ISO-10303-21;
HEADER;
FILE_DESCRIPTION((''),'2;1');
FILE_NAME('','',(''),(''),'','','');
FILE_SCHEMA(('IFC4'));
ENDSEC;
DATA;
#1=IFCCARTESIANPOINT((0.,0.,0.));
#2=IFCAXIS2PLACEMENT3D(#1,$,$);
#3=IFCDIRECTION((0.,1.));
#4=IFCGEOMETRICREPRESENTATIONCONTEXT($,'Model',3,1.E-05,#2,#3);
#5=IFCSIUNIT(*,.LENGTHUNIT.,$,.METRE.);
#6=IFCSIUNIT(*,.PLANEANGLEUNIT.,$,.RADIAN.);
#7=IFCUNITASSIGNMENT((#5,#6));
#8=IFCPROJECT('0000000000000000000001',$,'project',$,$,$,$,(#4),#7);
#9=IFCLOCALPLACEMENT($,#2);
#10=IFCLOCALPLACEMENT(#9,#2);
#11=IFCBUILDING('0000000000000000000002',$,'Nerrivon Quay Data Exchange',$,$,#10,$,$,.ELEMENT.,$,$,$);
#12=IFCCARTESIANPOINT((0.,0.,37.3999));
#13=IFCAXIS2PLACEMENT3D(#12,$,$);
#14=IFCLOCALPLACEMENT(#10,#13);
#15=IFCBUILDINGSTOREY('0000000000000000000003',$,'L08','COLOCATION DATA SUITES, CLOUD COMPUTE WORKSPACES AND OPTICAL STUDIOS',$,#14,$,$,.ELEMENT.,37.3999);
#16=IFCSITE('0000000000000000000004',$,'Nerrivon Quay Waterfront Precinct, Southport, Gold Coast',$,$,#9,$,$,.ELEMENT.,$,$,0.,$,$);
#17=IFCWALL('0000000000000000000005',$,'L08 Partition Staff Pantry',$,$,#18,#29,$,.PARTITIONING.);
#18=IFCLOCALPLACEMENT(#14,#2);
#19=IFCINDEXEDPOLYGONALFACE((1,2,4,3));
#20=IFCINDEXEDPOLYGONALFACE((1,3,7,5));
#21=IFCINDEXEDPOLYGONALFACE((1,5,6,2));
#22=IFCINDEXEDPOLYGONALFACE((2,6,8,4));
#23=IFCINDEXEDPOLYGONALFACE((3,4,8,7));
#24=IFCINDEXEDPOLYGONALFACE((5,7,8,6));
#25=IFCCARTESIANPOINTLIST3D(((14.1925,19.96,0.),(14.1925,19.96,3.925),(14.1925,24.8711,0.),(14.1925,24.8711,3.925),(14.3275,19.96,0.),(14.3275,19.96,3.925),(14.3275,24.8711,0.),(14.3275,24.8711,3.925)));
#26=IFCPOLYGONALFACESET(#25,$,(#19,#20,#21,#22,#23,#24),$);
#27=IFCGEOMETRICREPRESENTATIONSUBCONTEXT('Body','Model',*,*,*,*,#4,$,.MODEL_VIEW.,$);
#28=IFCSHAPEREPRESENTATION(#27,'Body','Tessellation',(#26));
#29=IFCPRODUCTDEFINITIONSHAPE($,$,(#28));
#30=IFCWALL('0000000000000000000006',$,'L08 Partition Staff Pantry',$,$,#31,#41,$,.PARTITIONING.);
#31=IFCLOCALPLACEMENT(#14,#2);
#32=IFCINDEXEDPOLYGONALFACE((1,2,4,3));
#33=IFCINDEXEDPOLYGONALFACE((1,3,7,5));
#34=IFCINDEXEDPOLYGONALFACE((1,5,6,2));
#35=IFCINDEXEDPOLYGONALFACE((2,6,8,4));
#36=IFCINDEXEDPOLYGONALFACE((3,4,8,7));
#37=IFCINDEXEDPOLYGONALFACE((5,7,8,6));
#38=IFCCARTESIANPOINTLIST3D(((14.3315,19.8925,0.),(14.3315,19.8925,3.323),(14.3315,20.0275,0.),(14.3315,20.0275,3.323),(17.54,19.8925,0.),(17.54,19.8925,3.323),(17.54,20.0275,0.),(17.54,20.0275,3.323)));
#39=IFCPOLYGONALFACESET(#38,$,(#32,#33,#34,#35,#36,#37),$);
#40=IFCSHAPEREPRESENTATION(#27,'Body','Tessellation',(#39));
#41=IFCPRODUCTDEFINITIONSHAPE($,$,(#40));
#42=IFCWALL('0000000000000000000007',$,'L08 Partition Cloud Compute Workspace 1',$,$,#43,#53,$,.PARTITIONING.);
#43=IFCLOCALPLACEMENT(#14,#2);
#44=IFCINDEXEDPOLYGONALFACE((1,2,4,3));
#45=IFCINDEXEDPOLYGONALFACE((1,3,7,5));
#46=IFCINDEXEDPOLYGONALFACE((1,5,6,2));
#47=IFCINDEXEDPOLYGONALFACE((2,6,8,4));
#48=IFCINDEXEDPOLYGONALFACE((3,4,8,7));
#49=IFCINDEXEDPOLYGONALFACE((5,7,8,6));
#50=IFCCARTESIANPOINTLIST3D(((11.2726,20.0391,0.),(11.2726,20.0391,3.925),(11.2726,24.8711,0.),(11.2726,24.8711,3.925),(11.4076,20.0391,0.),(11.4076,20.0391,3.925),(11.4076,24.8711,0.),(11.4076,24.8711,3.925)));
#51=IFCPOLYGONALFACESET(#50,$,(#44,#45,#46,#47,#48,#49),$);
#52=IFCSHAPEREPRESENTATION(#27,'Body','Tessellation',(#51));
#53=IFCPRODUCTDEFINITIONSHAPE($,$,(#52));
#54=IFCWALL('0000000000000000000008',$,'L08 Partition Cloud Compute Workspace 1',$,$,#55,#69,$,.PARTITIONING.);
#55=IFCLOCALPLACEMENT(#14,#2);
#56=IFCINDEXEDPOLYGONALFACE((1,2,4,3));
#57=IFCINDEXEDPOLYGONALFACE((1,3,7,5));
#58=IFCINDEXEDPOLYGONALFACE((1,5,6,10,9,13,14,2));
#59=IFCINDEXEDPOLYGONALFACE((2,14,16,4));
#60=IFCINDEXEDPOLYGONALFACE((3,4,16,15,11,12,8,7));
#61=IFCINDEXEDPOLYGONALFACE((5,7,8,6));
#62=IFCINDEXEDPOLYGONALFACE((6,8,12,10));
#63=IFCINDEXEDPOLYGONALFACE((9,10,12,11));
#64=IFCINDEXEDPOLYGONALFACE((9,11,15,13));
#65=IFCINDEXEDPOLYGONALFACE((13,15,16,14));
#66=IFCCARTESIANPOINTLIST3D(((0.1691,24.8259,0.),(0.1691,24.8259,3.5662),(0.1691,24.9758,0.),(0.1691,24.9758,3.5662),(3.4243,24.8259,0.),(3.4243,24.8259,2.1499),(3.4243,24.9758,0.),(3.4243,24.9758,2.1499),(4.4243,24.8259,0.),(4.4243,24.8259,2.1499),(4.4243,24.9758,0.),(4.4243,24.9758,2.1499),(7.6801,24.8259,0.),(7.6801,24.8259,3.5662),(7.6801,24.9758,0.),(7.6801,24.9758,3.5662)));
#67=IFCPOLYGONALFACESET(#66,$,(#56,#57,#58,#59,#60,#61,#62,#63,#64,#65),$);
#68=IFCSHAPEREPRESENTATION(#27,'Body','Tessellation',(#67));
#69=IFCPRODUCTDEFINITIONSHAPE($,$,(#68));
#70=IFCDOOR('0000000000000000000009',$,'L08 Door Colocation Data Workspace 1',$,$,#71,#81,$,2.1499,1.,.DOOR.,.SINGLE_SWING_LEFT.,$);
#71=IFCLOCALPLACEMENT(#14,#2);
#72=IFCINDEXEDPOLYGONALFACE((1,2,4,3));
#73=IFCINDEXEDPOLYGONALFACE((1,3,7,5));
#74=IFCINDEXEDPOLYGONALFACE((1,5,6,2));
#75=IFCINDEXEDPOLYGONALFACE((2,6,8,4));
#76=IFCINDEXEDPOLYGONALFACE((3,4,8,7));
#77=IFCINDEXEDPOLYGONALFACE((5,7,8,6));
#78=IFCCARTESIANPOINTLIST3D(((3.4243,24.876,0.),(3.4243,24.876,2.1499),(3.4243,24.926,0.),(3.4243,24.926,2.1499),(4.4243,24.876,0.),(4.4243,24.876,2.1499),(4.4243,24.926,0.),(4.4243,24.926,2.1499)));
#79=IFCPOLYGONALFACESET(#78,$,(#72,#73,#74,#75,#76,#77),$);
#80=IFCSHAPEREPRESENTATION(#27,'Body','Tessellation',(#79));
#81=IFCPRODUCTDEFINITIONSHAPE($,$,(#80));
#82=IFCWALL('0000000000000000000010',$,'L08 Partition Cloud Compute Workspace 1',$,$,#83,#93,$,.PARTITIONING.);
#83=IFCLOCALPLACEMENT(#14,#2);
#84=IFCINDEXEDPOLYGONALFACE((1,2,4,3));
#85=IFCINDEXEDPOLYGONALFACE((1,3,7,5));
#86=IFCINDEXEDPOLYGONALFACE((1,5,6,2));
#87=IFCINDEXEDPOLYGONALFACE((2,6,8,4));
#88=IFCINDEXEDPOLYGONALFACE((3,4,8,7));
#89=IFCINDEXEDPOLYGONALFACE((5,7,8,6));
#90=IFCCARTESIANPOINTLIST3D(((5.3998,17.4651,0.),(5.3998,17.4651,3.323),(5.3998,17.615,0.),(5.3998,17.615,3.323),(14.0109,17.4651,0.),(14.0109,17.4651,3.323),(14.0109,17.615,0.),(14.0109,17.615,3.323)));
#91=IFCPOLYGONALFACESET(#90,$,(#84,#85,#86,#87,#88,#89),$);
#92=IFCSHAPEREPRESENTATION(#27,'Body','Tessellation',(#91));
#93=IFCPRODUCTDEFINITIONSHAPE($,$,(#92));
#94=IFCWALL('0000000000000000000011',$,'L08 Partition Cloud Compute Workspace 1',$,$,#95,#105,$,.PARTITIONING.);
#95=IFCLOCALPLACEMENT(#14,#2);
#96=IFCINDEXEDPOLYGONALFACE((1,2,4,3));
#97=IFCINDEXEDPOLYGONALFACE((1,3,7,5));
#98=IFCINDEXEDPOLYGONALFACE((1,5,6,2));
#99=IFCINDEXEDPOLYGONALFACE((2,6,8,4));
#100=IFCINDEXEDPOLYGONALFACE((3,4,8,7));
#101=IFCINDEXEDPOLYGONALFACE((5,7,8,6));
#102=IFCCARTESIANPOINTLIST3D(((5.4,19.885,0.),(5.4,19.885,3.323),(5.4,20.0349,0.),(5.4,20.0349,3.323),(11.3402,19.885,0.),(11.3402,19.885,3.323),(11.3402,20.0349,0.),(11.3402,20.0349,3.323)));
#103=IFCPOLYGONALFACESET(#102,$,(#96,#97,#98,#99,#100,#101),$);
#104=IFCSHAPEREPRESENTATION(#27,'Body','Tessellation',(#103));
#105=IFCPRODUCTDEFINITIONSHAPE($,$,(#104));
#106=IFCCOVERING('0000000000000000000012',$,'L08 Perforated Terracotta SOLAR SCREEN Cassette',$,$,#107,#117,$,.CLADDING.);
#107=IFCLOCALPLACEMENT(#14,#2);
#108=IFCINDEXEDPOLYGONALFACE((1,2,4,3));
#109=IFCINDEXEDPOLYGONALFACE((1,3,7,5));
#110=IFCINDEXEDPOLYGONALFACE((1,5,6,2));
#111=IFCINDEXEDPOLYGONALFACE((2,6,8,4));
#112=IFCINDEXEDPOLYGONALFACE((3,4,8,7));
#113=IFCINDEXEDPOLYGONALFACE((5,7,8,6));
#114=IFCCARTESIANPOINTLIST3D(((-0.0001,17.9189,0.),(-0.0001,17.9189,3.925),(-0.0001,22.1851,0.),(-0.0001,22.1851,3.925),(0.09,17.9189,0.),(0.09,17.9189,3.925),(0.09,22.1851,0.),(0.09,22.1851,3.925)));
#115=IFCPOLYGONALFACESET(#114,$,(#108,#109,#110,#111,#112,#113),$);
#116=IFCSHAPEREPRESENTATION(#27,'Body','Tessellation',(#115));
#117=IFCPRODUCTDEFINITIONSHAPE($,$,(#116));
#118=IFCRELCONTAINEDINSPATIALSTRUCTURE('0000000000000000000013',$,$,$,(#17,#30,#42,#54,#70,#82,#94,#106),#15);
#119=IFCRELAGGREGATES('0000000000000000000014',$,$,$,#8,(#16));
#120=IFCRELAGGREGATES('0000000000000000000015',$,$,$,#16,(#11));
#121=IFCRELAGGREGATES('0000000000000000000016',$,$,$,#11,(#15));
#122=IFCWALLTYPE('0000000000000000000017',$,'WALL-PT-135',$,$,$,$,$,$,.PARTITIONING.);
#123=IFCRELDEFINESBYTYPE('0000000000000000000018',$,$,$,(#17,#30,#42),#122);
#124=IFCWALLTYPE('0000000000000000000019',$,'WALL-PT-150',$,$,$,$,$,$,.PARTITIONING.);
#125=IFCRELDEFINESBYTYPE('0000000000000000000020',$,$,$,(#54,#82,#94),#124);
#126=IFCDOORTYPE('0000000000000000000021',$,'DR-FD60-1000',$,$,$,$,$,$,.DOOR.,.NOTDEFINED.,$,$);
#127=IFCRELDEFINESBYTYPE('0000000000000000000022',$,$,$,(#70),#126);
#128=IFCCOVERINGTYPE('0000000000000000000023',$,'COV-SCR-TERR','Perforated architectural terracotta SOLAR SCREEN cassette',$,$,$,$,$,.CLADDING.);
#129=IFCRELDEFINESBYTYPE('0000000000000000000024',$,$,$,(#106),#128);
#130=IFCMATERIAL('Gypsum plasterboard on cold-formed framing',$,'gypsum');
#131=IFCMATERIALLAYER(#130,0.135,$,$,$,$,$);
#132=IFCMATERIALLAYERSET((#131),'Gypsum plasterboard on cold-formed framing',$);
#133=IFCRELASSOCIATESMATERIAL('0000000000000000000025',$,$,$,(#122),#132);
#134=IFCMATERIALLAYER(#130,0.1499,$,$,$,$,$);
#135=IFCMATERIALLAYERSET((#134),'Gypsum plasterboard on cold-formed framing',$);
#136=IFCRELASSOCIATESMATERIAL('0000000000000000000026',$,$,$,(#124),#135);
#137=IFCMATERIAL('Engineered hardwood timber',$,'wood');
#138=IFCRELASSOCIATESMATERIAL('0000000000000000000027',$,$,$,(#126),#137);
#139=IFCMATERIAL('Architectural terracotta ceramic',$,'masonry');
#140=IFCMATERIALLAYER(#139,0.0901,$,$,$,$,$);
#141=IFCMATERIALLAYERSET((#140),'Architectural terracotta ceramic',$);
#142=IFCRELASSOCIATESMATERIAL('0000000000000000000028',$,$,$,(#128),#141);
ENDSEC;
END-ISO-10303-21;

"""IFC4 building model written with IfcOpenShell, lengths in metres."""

from ifc_helpers import new_model, si_unit, direction, frame, frame_2d, origin, origin_2d, place, context, subcontext, project, spatial, rectangle, extrude, material, layer, layer_set, type_object, element, fill, save


model = new_model("IFC4")

# Units and contexts
model_context = context("Model", 3, precision=1e-05, world=origin(), true_north=direction((0.0, 1.0)))
body_context = subcontext(model_context, "Body", "Model", "MODEL_VIEW")
ifc_project = project(units=[si_unit("LENGTHUNIT", "METRE"), si_unit("PLANEANGLEUNIT", "RADIAN")], contexts=[model_context])

# Site, building, storey
site_placement = place(None, origin())
site = spatial("IfcSite", under=ifc_project, at=site_placement, Name="Nerrivon Quay Waterfront Precinct, Southport, Gold Coast", CompositionType="ELEMENT", RefElevation=0.0)
building_placement = place(site_placement, origin())
building = spatial("IfcBuilding", under=site, at=building_placement, Name="Nerrivon Quay Data Exchange", CompositionType="ELEMENT")
storey_placement = place(building_placement, frame((0.0, 0.0, 37.3999)))
storey = spatial("IfcBuildingStorey", under=building, at=storey_placement, Name="L08", Description="COLOCATION DATA SUITES, CLOUD COMPUTE WORKSPACES AND OPTICAL STUDIOS", CompositionType="ELEMENT", Elevation=37.3999)

# Walls
ifc_material_1 = material(Name="Gypsum plasterboard on cold-formed framing", Category="gypsum")
ifc_layer_1 = layer(ifc_material_1, 0.135)
ifc_layer_set_1 = layer_set([ifc_layer_1], Name="Gypsum plasterboard on cold-formed framing")
wall_type_1 = type_object("IfcWallType", Name="WALL-PT-135", PredefinedType="PARTITIONING", material=ifc_layer_set_1)
wall_1_placement = place(storey_placement, frame((14.26, 24.8711, 0.0), z_axis=(0.0, 0.0, 1.0), x_axis=(0.0, -1.0, 0.0)))
element("IfcWall", 1, at=wall_1_placement, inside=storey, type_object=wall_type_1, Name="L08 Partition Staff Pantry", PredefinedType="PARTITIONING", context=body_context, shape_type="SweptSolid", body=[
    extrude(rectangle(XDim=4.9111, YDim=0.135, at=frame_2d((2.4556, 0.0))), origin(), (0.0, 0.0, 1.0), 3.925),
])
wall_2_placement = place(storey_placement, frame((14.3315, 19.96, 0.0), z_axis=(0.0, 0.0, 1.0), x_axis=(1.0, 0.0, 0.0)))
element("IfcWall", 2, at=wall_2_placement, inside=storey, type_object=wall_type_1, Name="L08 Partition Staff Pantry", PredefinedType="PARTITIONING", context=body_context, shape_type="SweptSolid", body=[
    extrude(rectangle(XDim=3.2085, YDim=0.135, at=frame_2d((1.6042, 0.0))), origin(), (0.0, 0.0, 1.0), 3.323),
])
wall_3_placement = place(storey_placement, frame((11.3401, 20.0391, 0.0), z_axis=(0.0, 0.0, 1.0), x_axis=(0.0, 1.0, 0.0)))
element("IfcWall", 3, at=wall_3_placement, inside=storey, type_object=wall_type_1, Name="L08 Partition Cloud Compute Workspace 1", PredefinedType="PARTITIONING", context=body_context, shape_type="SweptSolid", body=[
    extrude(rectangle(XDim=4.832, YDim=0.135, at=frame_2d((2.416, 0.0))), origin(), (0.0, 0.0, 1.0), 3.925),
])

# Wall, opening, door
ifc_layer_2 = layer(ifc_material_1, 0.1499)
ifc_layer_set_2 = layer_set([ifc_layer_2], Name="Gypsum plasterboard on cold-formed framing")
wall_type_2 = type_object("IfcWallType", Name="WALL-PT-150", PredefinedType="PARTITIONING", material=ifc_layer_set_2)
wall_4_placement = place(storey_placement, frame((7.6799, 24.9009, 0.0), z_axis=(0.0, 0.0, 1.0), x_axis=(-1.0, 0.0, 0.0)))
wall_4 = element("IfcWall", 4, at=wall_4_placement, inside=storey, type_object=wall_type_2, Name="L08 Partition Cloud Compute Workspace 1", PredefinedType="PARTITIONING", context=body_context, shape_type="SweptSolid", body=[
    extrude(rectangle(XDim=7.511, YDim=0.1499, at=frame_2d((3.7554, 0.0))), origin(), (0.0, 0.0, 1.0), 3.5662),
])
opening_placement = place(wall_4_placement, frame((3.2556, 0.0, 0.0)))
opening = element("IfcOpeningElement", 5, at=opening_placement, cuts=wall_4, PredefinedType="OPENING", context=body_context, shape_type="SweptSolid", body=[
    extrude(rectangle(XDim=1.0, YDim=2.1499, at=frame_2d((0.5, 1.075))), frame((0.0, 0.085, 0.0), z_axis=(0.0, -1.0, 0.0), x_axis=(1.0, 0.0, 0.0)), (0.0, 0.0, 1.0), 0.1699),
])
ifc_material_2 = material(Name="Engineered hardwood timber", Category="wood")
door_type = type_object("IfcDoorType", Name="DR-FD60-1000", OperationType="NOTDEFINED", PredefinedType="DOOR", material=ifc_material_2)
door_placement = place(opening_placement, origin())
door = element("IfcDoor", 6, at=door_placement, inside=storey, type_object=door_type, Name="L08 Door Colocation Data Workspace 1", OperationType="SINGLE_SWING_LEFT", OverallHeight=2.1499, OverallWidth=1.0, PredefinedType="DOOR", context=body_context, shape_type="SweptSolid", body=[
    extrude(rectangle(XDim=1.0, YDim=2.1499, at=frame_2d((0.5, 1.075))), frame((0.0, 0.0249, 0.0), z_axis=(0.0, -1.0, 0.0), x_axis=(1.0, 0.0, 0.0)), (0.0, 0.0, 1.0), 0.05),
])
fill(opening, door)

# Walls
wall_5_placement = place(storey_placement, frame((14.011, 17.54, 0.0), z_axis=(0.0, 0.0, 1.0), x_axis=(-1.0, 0.0, 0.0)))
element("IfcWall", 7, at=wall_5_placement, inside=storey, type_object=wall_type_2, Name="L08 Partition Cloud Compute Workspace 1", PredefinedType="PARTITIONING", context=body_context, shape_type="SweptSolid", body=[
    extrude(rectangle(XDim=8.6111, YDim=0.1499, at=frame_2d((4.3057, 0.0))), origin(), (0.0, 0.0, 1.0), 3.323),
])
wall_6_placement = place(storey_placement, frame((5.3999, 19.96, 0.0), z_axis=(0.0, 0.0, 1.0), x_axis=(1.0, 0.0, 0.0)))
element("IfcWall", 8, at=wall_6_placement, inside=storey, type_object=wall_type_2, Name="L08 Partition Cloud Compute Workspace 1", PredefinedType="PARTITIONING", context=body_context, shape_type="SweptSolid", body=[
    extrude(rectangle(XDim=5.9402, YDim=0.1499, at=frame_2d((2.9702, 0.0))), origin(), (0.0, 0.0, 1.0), 3.323),
])

# Covering
ifc_material_3 = material(Name="Architectural terracotta ceramic", Category="masonry")
ifc_layer_3 = layer(ifc_material_3, 0.0901)
ifc_layer_set_3 = layer_set([ifc_layer_3], Name="Architectural terracotta ceramic")
covering_type = type_object("IfcCoveringType", Name="COV-SCR-TERR", Description="Perforated architectural terracotta SOLAR SCREEN cassette", PredefinedType="CLADDING", material=ifc_layer_set_3)
covering_placement = place(storey_placement, frame((0.0449, 20.052, 0.0), z_axis=(0.0, 0.0, 1.0), x_axis=(0.0, 1.0, 0.0)))
element("IfcCovering", 9, at=covering_placement, inside=storey, type_object=covering_type, Name="L08 Perforated Terracotta SOLAR SCREEN Cassette", PredefinedType="CLADDING", context=body_context, shape_type="SweptSolid", body=[
    extrude(rectangle(XDim=4.2661, YDim=0.0901, at=origin_2d()), origin(), (0.0, 0.0, 1.0), 3.925),
])

save(model, "model.ifc")
